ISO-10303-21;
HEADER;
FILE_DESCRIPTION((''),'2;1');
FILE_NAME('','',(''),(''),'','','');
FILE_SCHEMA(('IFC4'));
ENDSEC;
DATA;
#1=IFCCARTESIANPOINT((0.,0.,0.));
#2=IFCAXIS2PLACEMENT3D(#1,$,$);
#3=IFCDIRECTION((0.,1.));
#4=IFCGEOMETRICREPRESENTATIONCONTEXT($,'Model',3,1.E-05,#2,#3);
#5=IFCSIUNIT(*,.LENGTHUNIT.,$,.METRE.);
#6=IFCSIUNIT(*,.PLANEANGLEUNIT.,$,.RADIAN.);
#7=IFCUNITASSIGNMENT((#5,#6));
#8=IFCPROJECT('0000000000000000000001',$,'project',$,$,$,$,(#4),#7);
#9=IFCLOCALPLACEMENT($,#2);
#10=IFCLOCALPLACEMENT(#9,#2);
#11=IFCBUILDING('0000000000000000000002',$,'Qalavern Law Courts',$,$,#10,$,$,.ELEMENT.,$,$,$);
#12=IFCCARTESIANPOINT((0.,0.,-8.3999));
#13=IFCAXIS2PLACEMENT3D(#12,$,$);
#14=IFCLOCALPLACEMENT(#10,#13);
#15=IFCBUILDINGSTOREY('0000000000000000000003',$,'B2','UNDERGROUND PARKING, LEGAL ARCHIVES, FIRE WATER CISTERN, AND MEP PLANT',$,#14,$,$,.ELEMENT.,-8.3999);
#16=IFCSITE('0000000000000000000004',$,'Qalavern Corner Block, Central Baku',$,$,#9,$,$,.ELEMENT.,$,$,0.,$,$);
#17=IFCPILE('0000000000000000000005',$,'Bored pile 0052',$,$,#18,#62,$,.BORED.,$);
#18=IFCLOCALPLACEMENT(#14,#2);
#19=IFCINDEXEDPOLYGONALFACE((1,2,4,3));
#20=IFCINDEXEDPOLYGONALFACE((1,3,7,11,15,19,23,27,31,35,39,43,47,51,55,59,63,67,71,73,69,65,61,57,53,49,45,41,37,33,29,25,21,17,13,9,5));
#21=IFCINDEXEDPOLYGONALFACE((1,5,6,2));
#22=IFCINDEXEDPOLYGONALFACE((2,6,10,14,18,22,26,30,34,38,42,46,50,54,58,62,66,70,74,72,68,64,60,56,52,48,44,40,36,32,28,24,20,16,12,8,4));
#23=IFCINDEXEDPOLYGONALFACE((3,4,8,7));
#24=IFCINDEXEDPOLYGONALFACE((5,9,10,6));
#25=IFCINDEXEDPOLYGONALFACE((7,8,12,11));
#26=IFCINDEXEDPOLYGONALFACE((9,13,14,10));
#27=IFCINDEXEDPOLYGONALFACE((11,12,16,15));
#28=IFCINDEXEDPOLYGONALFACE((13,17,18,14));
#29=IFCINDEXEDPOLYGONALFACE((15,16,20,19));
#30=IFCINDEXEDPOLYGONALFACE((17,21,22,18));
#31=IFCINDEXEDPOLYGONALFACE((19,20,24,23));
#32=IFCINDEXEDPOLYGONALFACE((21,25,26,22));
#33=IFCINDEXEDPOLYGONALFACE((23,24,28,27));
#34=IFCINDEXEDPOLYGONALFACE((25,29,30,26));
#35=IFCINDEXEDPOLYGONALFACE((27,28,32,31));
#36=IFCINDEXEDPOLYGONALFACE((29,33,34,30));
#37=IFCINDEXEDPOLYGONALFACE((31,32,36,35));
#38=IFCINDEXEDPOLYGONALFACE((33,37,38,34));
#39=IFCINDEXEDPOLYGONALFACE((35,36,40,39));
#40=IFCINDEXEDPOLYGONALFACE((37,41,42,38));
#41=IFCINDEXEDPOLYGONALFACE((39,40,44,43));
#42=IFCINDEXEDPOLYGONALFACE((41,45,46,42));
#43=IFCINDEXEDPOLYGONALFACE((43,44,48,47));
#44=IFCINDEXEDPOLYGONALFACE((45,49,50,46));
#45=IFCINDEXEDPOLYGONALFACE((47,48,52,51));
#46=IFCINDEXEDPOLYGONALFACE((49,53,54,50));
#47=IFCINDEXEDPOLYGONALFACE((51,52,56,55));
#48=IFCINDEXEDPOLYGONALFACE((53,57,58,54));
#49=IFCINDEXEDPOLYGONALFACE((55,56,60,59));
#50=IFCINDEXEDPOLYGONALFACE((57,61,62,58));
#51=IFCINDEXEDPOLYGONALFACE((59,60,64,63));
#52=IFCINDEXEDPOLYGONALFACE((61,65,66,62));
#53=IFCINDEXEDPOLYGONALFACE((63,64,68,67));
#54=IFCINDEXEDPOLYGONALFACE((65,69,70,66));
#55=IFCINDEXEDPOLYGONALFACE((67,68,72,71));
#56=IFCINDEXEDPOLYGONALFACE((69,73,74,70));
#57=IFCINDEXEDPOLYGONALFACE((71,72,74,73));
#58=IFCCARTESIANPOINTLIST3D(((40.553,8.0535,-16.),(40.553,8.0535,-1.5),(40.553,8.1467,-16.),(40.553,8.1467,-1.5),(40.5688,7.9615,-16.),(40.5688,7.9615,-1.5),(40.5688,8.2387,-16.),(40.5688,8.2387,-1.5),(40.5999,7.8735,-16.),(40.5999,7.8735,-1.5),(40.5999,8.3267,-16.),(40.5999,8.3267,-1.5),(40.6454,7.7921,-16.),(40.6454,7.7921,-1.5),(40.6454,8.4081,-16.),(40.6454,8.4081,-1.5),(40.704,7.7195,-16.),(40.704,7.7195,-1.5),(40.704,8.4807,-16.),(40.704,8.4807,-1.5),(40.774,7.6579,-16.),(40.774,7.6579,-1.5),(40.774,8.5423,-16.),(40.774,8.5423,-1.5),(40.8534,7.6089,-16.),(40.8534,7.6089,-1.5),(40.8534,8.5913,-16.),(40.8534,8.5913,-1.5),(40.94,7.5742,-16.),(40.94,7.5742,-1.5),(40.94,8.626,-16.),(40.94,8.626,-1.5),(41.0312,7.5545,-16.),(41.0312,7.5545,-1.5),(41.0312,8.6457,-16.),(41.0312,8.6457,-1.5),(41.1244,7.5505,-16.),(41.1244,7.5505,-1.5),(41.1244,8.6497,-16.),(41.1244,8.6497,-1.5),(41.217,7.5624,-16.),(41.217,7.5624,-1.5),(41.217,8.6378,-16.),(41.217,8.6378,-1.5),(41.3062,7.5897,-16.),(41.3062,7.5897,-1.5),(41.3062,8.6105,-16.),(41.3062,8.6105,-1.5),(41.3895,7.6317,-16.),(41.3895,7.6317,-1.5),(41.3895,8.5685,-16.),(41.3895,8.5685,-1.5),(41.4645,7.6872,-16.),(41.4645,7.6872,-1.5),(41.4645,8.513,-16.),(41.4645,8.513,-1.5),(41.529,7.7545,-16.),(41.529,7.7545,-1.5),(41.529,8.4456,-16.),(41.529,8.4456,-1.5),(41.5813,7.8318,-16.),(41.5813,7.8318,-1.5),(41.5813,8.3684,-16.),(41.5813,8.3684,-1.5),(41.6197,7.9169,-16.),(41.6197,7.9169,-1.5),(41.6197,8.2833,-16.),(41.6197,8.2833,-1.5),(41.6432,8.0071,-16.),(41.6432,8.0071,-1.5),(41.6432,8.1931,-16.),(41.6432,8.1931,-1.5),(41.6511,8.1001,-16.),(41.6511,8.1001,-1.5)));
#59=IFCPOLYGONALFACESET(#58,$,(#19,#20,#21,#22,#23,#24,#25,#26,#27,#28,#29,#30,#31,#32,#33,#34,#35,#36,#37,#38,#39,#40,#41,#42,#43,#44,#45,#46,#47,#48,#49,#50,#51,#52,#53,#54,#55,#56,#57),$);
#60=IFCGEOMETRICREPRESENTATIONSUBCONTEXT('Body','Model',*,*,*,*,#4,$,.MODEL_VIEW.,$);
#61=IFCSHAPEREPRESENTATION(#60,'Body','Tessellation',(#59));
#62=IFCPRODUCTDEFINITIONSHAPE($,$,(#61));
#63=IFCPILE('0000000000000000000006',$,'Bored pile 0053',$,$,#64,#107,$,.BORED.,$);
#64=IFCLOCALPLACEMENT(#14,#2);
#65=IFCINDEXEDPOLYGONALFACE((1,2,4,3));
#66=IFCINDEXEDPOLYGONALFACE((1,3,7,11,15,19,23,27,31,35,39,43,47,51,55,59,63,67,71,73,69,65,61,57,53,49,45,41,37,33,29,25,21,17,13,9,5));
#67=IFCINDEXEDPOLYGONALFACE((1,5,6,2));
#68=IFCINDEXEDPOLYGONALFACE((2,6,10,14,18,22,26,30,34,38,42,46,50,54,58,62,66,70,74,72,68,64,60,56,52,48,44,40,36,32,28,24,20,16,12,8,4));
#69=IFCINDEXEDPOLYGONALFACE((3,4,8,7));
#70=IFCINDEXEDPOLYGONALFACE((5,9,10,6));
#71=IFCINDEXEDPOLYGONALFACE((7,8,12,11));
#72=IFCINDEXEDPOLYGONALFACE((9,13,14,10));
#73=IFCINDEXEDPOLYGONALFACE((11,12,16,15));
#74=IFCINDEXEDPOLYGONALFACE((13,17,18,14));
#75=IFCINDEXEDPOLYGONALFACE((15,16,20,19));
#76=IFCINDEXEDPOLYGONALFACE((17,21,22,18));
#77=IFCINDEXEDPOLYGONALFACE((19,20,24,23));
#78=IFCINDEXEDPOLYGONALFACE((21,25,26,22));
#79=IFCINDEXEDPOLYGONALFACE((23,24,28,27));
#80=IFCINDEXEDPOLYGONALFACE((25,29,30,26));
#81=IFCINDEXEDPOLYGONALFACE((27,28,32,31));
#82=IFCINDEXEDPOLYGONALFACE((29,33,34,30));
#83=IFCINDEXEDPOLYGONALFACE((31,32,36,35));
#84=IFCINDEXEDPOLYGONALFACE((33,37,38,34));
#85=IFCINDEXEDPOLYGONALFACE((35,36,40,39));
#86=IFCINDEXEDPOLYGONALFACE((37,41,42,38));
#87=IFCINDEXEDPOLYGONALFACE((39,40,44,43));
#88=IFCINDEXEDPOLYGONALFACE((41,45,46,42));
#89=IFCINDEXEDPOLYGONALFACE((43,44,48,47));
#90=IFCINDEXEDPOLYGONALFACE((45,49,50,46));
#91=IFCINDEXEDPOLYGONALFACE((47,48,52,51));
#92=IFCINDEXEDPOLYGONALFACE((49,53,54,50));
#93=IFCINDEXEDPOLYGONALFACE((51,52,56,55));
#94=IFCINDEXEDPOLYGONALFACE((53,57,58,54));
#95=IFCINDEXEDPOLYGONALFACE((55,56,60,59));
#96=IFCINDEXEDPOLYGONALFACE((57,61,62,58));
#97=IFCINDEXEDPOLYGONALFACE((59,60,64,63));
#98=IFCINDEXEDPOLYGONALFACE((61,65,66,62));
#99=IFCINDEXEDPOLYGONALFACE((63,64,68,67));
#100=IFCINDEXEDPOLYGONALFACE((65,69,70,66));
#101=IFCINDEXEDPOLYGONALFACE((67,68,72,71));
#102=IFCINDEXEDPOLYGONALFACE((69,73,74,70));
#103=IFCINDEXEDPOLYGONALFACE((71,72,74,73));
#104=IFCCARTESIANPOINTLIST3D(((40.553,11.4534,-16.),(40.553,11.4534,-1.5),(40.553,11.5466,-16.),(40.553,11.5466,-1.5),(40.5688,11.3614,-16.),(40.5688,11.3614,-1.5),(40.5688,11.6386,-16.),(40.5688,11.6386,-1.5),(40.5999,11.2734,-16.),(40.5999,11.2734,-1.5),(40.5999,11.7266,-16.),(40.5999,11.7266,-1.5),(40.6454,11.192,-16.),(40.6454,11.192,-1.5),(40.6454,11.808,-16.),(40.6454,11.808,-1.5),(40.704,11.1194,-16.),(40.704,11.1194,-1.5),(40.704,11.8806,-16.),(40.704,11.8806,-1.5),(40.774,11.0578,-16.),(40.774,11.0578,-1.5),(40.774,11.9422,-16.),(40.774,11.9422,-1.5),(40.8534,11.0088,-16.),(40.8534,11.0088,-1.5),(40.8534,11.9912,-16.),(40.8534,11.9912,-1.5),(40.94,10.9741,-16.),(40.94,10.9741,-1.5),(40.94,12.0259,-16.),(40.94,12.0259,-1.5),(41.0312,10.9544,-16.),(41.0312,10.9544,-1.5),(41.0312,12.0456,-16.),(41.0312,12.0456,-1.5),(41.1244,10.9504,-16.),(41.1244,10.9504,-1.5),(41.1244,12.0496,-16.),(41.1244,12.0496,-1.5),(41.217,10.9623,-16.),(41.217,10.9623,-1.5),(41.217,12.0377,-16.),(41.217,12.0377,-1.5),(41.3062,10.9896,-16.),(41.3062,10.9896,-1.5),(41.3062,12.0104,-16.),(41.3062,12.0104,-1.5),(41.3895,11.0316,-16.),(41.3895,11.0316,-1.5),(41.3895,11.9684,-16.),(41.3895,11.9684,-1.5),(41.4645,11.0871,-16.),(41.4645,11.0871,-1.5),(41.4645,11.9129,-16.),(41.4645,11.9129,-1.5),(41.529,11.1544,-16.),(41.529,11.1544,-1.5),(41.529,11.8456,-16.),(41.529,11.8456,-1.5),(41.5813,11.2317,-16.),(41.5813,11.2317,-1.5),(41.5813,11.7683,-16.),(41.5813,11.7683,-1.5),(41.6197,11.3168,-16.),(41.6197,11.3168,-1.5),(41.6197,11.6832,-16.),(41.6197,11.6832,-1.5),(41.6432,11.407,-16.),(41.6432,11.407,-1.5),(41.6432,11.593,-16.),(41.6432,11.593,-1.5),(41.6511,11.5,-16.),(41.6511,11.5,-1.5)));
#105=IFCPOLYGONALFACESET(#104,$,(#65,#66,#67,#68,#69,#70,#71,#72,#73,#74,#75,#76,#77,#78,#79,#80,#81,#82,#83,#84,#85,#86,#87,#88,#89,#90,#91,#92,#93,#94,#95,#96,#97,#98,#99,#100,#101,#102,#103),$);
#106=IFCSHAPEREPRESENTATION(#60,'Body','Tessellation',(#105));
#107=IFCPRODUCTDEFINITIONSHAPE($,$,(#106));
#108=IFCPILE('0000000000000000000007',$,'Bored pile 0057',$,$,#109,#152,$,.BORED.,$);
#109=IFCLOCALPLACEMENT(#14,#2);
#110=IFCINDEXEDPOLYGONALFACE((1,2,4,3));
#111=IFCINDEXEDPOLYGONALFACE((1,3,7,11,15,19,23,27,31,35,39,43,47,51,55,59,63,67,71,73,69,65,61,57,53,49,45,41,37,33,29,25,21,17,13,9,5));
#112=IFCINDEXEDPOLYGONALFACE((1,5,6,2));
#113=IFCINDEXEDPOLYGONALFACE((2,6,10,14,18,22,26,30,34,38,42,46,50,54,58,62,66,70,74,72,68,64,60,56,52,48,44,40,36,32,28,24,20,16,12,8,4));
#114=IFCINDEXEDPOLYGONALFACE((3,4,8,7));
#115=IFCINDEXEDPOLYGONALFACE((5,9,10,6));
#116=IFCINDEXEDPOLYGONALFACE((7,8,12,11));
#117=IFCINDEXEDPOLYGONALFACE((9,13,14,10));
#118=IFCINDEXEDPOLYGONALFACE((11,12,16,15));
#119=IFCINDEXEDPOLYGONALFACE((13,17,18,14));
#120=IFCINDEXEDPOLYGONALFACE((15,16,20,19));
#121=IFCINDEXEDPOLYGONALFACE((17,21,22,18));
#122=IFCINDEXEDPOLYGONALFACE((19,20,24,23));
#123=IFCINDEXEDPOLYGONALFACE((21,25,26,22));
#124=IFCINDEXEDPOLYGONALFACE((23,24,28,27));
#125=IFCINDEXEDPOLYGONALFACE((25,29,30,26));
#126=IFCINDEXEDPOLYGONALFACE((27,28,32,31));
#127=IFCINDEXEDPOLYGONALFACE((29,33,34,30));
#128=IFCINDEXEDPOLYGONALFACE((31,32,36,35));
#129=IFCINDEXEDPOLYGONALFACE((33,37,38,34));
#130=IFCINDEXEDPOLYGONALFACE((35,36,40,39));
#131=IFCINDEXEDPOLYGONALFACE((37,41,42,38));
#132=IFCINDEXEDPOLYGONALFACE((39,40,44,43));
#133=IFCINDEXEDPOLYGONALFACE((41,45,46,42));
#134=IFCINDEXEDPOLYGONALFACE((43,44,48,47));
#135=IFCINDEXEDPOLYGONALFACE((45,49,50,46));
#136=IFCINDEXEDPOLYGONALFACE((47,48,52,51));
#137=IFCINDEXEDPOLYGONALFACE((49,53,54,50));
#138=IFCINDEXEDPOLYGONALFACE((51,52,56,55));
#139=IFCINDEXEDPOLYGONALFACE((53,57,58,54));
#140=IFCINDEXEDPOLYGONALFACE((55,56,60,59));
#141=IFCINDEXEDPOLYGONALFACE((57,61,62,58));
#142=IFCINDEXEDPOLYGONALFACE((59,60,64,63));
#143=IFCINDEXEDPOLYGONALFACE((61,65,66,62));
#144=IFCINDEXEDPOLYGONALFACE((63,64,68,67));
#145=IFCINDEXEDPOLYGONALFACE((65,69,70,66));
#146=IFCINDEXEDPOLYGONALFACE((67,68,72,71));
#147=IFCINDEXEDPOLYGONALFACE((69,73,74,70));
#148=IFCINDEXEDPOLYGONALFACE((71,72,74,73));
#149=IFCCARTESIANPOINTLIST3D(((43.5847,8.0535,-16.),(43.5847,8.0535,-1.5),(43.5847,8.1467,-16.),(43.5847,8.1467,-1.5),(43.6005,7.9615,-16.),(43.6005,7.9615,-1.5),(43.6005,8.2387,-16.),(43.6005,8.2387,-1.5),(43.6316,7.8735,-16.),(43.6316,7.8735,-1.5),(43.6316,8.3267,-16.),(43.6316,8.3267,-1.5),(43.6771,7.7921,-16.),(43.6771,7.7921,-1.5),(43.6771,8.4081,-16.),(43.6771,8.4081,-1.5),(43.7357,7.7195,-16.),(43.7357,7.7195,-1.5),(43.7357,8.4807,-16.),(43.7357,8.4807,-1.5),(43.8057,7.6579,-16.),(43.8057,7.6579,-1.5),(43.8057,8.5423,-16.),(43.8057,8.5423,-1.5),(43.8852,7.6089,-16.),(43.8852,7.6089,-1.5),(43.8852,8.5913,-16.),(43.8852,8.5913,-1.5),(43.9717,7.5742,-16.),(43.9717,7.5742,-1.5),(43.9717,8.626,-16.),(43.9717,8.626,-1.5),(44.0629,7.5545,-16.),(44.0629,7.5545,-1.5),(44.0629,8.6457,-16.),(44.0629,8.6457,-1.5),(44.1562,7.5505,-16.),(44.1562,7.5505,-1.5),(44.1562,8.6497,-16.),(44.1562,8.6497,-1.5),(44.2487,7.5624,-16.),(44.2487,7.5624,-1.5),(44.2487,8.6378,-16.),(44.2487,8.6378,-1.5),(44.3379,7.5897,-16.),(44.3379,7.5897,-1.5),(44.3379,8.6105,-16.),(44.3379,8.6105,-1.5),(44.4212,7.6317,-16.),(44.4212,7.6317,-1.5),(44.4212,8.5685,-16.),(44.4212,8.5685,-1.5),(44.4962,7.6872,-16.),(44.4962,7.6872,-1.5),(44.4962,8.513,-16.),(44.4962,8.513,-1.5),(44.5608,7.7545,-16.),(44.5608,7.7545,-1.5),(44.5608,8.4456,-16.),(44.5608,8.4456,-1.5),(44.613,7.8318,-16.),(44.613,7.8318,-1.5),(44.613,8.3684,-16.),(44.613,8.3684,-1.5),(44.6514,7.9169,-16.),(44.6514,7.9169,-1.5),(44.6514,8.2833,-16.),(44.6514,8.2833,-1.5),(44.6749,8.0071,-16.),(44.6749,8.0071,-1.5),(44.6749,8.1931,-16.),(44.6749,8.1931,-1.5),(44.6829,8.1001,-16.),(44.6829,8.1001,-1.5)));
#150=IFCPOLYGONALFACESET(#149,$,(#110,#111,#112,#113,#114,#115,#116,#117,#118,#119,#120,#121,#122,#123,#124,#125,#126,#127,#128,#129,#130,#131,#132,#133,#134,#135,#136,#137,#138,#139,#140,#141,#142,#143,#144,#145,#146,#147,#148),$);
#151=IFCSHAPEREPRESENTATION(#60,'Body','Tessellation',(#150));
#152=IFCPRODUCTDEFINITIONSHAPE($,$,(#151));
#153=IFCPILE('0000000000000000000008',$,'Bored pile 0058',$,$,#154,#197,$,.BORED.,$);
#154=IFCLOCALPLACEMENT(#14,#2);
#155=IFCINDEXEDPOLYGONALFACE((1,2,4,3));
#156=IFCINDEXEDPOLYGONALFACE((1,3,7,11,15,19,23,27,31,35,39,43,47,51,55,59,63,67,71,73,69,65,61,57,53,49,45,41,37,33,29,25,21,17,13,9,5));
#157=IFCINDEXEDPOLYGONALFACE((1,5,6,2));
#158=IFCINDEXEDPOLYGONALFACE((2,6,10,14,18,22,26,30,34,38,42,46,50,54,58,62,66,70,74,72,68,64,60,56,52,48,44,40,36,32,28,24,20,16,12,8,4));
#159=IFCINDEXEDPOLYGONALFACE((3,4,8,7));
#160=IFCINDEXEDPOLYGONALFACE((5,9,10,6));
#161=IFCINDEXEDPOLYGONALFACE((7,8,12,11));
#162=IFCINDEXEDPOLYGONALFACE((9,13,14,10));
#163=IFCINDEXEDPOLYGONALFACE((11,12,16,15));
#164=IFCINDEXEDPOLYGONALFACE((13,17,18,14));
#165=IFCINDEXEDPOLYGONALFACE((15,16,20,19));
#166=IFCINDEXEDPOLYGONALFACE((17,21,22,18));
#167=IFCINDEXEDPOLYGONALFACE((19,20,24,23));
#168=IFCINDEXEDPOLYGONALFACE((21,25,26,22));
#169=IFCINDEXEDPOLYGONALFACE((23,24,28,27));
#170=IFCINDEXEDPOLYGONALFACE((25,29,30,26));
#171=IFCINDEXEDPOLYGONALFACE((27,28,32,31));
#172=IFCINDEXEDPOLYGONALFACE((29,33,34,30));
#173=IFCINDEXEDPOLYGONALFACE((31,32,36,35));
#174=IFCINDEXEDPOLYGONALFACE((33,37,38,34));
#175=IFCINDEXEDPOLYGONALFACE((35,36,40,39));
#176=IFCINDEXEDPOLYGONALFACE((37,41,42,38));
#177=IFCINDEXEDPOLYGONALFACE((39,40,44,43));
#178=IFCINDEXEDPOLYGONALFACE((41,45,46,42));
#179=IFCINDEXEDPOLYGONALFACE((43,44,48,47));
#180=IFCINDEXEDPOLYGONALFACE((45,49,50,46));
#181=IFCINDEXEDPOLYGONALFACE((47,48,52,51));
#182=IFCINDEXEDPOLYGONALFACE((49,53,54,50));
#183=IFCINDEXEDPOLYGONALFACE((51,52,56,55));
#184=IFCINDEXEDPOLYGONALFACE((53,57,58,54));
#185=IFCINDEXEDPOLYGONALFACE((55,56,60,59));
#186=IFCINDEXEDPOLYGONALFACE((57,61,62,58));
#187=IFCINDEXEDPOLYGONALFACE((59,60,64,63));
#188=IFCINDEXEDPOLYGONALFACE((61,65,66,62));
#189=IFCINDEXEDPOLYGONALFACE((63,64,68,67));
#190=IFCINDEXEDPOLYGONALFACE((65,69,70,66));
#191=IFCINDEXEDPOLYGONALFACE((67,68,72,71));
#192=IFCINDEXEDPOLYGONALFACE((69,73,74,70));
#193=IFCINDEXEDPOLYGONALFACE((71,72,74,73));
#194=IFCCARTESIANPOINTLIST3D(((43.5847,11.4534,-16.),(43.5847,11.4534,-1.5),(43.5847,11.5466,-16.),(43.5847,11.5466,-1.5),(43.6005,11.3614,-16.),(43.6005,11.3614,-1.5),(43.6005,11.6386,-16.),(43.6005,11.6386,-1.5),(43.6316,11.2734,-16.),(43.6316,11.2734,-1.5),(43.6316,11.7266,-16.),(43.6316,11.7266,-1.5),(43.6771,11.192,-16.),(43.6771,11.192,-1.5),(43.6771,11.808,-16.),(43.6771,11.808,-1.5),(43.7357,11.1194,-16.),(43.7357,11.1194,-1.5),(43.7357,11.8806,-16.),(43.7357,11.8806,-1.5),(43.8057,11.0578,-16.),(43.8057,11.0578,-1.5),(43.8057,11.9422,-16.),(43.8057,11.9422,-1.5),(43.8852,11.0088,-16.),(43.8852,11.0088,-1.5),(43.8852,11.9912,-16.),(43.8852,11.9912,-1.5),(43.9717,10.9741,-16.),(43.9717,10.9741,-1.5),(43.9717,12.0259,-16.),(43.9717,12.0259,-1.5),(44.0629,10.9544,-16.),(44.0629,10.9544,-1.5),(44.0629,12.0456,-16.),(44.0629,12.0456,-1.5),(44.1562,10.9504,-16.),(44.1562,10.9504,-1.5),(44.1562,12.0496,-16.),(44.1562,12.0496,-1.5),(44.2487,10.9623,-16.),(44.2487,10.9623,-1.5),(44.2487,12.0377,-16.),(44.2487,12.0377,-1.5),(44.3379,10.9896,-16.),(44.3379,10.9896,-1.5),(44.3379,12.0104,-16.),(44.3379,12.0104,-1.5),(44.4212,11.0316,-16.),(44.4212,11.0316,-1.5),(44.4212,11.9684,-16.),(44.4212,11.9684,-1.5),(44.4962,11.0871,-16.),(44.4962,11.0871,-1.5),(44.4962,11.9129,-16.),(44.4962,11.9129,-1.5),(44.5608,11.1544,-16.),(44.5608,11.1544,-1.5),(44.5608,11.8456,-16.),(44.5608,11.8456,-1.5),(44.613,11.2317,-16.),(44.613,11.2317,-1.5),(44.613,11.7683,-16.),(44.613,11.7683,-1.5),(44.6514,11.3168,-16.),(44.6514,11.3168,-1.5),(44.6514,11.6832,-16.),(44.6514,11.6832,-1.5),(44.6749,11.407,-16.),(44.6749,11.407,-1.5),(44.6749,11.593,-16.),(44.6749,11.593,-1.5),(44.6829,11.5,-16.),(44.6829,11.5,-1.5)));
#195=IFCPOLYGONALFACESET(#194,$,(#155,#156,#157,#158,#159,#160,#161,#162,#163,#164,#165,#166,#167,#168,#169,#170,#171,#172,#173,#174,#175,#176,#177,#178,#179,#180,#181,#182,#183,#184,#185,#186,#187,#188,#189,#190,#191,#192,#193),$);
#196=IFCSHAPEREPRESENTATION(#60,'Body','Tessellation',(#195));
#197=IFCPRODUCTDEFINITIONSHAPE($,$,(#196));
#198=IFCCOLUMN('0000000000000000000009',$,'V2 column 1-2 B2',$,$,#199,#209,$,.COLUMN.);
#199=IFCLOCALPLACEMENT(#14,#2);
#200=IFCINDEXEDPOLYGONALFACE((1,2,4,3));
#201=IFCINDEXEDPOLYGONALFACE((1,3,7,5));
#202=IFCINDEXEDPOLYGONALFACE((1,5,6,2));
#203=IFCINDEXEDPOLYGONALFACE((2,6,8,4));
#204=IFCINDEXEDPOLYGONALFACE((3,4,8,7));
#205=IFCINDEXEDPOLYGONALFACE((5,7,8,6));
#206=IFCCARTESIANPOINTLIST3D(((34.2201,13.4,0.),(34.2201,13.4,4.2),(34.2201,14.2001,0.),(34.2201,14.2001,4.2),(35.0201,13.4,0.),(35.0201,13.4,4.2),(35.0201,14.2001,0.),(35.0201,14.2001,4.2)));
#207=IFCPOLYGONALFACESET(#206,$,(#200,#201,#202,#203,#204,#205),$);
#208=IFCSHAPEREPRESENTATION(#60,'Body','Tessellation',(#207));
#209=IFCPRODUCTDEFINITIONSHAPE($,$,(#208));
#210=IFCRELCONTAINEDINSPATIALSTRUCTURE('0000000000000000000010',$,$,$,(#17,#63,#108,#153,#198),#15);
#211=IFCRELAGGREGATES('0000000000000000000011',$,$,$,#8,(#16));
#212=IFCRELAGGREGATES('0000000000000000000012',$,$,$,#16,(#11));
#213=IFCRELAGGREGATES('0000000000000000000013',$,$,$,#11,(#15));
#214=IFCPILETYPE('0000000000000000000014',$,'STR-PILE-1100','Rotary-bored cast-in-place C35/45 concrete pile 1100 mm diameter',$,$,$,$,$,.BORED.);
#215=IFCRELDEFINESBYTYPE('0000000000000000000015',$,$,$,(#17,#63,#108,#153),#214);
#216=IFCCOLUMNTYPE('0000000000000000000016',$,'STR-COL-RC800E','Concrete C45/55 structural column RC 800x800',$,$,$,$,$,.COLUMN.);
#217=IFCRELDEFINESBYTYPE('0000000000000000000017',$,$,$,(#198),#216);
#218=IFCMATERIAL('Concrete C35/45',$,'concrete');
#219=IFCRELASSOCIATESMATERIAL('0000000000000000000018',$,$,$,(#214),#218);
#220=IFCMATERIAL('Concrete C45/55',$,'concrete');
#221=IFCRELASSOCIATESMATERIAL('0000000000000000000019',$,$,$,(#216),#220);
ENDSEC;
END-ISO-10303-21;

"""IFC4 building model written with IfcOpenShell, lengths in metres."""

from ifc_helpers import new_model, si_unit, direction, frame, origin, origin_2d, place, context, subcontext, project, spatial, rectangle, circle, extrude, material, material_profile, profile_set, type_object, element, save


model = new_model("IFC4")

# Units and contexts
model_context = context("Model", 3, precision=1e-05, world=origin(), true_north=direction((0.0, 1.0)))
body_context = subcontext(model_context, "Body", "Model", "MODEL_VIEW")
ifc_project = project(units=[si_unit("LENGTHUNIT", "METRE"), si_unit("PLANEANGLEUNIT", "RADIAN")], contexts=[model_context])

# Site, building, storey
site_placement = place(None, origin())
site = spatial("IfcSite", under=ifc_project, at=site_placement, Name="Qalavern Corner Block, Central Baku", CompositionType="ELEMENT", RefElevation=0.0)
building_placement = place(site_placement, origin())
building = spatial("IfcBuilding", under=site, at=building_placement, Name="Qalavern Law Courts", CompositionType="ELEMENT")
storey_placement = place(building_placement, frame((0.0, 0.0, -8.3999)))
storey = spatial("IfcBuildingStorey", under=building, at=storey_placement, Name="B2", Description="UNDERGROUND PARKING, LEGAL ARCHIVES, FIRE WATER CISTERN, AND MEP PLANT", CompositionType="ELEMENT", Elevation=-8.3999)

# Shared definitions
ifc_material_1 = material(Name="Concrete C35/45", Category="concrete")

# Piles
ifc_material_profile_1 = material_profile(ifc_material_1, circle(Radius=0.55, at=origin_2d()), Name="BORED PILE 1100")
ifc_profile_set_1 = profile_set([ifc_material_profile_1], Name="Concrete C35/45")
pile_type = type_object("IfcPileType", Name="STR-PILE-1100", Description="Rotary-bored cast-in-place C35/45 concrete pile 1100 mm diameter", PredefinedType="BORED", material=ifc_profile_set_1)
for number, where, z_axis, x_axis, name in (
    (1, (41.1011, 8.1001, -1.5), (0.0, 0.0, -1.0), (1.0, 0.0, 0.0), "Bored pile 0052"),
    (2, (41.1011, 11.5, -1.5), (0.0, 0.0, -1.0), (1.0, 0.0, 0.0), "Bored pile 0053"),
    (3, (44.1328, 8.1001, -1.5), (0.0, 0.0, -1.0), (1.0, 0.0, 0.0), "Bored pile 0057"),
    (4, (44.1328, 11.5, -1.5), (0.0, 0.0, -1.0), (1.0, 0.0, 0.0), "Bored pile 0058"),
):
    element("IfcPile", number, at=place(storey_placement, frame(where, z_axis=z_axis, x_axis=x_axis)), inside=storey, type_object=pile_type, Name=name, PredefinedType="BORED", context=body_context, shape_type="SweptSolid", body=[
        extrude(circle(Radius=0.55, at=origin_2d()), origin(), (0.0, 0.0, 1.0), 14.5),
    ])

# Column
ifc_material_2 = material(Name="Concrete C45/55", Category="concrete")
ifc_material_profile_2 = material_profile(ifc_material_2, rectangle(XDim=0.8, YDim=0.8, at=origin_2d()), Name="RC 800x800")
ifc_profile_set_2 = profile_set([ifc_material_profile_2], Name="Concrete C45/55")
column_type_1 = type_object("IfcColumnType", Name="STR-COL-RC800E", Description="Concrete C45/55 structural column RC 800x800", PredefinedType="COLUMN", material=ifc_profile_set_2)
column_1_placement = place(storey_placement, frame((34.6201, 13.8, 0.0), z_axis=(0.0, 0.0, 1.0), x_axis=(1.0, 0.0, 0.0)))
element("IfcColumn", 5, at=column_1_placement, inside=storey, type_object=column_type_1, Name="V2 column 1-2 B2", PredefinedType="COLUMN", context=body_context, shape_type="SweptSolid", body=[
    extrude(rectangle(XDim=0.8, YDim=0.8, at=origin_2d()), origin(), (0.0, 0.0, 1.0), 4.2),
])

save(model, "model.ifc")
